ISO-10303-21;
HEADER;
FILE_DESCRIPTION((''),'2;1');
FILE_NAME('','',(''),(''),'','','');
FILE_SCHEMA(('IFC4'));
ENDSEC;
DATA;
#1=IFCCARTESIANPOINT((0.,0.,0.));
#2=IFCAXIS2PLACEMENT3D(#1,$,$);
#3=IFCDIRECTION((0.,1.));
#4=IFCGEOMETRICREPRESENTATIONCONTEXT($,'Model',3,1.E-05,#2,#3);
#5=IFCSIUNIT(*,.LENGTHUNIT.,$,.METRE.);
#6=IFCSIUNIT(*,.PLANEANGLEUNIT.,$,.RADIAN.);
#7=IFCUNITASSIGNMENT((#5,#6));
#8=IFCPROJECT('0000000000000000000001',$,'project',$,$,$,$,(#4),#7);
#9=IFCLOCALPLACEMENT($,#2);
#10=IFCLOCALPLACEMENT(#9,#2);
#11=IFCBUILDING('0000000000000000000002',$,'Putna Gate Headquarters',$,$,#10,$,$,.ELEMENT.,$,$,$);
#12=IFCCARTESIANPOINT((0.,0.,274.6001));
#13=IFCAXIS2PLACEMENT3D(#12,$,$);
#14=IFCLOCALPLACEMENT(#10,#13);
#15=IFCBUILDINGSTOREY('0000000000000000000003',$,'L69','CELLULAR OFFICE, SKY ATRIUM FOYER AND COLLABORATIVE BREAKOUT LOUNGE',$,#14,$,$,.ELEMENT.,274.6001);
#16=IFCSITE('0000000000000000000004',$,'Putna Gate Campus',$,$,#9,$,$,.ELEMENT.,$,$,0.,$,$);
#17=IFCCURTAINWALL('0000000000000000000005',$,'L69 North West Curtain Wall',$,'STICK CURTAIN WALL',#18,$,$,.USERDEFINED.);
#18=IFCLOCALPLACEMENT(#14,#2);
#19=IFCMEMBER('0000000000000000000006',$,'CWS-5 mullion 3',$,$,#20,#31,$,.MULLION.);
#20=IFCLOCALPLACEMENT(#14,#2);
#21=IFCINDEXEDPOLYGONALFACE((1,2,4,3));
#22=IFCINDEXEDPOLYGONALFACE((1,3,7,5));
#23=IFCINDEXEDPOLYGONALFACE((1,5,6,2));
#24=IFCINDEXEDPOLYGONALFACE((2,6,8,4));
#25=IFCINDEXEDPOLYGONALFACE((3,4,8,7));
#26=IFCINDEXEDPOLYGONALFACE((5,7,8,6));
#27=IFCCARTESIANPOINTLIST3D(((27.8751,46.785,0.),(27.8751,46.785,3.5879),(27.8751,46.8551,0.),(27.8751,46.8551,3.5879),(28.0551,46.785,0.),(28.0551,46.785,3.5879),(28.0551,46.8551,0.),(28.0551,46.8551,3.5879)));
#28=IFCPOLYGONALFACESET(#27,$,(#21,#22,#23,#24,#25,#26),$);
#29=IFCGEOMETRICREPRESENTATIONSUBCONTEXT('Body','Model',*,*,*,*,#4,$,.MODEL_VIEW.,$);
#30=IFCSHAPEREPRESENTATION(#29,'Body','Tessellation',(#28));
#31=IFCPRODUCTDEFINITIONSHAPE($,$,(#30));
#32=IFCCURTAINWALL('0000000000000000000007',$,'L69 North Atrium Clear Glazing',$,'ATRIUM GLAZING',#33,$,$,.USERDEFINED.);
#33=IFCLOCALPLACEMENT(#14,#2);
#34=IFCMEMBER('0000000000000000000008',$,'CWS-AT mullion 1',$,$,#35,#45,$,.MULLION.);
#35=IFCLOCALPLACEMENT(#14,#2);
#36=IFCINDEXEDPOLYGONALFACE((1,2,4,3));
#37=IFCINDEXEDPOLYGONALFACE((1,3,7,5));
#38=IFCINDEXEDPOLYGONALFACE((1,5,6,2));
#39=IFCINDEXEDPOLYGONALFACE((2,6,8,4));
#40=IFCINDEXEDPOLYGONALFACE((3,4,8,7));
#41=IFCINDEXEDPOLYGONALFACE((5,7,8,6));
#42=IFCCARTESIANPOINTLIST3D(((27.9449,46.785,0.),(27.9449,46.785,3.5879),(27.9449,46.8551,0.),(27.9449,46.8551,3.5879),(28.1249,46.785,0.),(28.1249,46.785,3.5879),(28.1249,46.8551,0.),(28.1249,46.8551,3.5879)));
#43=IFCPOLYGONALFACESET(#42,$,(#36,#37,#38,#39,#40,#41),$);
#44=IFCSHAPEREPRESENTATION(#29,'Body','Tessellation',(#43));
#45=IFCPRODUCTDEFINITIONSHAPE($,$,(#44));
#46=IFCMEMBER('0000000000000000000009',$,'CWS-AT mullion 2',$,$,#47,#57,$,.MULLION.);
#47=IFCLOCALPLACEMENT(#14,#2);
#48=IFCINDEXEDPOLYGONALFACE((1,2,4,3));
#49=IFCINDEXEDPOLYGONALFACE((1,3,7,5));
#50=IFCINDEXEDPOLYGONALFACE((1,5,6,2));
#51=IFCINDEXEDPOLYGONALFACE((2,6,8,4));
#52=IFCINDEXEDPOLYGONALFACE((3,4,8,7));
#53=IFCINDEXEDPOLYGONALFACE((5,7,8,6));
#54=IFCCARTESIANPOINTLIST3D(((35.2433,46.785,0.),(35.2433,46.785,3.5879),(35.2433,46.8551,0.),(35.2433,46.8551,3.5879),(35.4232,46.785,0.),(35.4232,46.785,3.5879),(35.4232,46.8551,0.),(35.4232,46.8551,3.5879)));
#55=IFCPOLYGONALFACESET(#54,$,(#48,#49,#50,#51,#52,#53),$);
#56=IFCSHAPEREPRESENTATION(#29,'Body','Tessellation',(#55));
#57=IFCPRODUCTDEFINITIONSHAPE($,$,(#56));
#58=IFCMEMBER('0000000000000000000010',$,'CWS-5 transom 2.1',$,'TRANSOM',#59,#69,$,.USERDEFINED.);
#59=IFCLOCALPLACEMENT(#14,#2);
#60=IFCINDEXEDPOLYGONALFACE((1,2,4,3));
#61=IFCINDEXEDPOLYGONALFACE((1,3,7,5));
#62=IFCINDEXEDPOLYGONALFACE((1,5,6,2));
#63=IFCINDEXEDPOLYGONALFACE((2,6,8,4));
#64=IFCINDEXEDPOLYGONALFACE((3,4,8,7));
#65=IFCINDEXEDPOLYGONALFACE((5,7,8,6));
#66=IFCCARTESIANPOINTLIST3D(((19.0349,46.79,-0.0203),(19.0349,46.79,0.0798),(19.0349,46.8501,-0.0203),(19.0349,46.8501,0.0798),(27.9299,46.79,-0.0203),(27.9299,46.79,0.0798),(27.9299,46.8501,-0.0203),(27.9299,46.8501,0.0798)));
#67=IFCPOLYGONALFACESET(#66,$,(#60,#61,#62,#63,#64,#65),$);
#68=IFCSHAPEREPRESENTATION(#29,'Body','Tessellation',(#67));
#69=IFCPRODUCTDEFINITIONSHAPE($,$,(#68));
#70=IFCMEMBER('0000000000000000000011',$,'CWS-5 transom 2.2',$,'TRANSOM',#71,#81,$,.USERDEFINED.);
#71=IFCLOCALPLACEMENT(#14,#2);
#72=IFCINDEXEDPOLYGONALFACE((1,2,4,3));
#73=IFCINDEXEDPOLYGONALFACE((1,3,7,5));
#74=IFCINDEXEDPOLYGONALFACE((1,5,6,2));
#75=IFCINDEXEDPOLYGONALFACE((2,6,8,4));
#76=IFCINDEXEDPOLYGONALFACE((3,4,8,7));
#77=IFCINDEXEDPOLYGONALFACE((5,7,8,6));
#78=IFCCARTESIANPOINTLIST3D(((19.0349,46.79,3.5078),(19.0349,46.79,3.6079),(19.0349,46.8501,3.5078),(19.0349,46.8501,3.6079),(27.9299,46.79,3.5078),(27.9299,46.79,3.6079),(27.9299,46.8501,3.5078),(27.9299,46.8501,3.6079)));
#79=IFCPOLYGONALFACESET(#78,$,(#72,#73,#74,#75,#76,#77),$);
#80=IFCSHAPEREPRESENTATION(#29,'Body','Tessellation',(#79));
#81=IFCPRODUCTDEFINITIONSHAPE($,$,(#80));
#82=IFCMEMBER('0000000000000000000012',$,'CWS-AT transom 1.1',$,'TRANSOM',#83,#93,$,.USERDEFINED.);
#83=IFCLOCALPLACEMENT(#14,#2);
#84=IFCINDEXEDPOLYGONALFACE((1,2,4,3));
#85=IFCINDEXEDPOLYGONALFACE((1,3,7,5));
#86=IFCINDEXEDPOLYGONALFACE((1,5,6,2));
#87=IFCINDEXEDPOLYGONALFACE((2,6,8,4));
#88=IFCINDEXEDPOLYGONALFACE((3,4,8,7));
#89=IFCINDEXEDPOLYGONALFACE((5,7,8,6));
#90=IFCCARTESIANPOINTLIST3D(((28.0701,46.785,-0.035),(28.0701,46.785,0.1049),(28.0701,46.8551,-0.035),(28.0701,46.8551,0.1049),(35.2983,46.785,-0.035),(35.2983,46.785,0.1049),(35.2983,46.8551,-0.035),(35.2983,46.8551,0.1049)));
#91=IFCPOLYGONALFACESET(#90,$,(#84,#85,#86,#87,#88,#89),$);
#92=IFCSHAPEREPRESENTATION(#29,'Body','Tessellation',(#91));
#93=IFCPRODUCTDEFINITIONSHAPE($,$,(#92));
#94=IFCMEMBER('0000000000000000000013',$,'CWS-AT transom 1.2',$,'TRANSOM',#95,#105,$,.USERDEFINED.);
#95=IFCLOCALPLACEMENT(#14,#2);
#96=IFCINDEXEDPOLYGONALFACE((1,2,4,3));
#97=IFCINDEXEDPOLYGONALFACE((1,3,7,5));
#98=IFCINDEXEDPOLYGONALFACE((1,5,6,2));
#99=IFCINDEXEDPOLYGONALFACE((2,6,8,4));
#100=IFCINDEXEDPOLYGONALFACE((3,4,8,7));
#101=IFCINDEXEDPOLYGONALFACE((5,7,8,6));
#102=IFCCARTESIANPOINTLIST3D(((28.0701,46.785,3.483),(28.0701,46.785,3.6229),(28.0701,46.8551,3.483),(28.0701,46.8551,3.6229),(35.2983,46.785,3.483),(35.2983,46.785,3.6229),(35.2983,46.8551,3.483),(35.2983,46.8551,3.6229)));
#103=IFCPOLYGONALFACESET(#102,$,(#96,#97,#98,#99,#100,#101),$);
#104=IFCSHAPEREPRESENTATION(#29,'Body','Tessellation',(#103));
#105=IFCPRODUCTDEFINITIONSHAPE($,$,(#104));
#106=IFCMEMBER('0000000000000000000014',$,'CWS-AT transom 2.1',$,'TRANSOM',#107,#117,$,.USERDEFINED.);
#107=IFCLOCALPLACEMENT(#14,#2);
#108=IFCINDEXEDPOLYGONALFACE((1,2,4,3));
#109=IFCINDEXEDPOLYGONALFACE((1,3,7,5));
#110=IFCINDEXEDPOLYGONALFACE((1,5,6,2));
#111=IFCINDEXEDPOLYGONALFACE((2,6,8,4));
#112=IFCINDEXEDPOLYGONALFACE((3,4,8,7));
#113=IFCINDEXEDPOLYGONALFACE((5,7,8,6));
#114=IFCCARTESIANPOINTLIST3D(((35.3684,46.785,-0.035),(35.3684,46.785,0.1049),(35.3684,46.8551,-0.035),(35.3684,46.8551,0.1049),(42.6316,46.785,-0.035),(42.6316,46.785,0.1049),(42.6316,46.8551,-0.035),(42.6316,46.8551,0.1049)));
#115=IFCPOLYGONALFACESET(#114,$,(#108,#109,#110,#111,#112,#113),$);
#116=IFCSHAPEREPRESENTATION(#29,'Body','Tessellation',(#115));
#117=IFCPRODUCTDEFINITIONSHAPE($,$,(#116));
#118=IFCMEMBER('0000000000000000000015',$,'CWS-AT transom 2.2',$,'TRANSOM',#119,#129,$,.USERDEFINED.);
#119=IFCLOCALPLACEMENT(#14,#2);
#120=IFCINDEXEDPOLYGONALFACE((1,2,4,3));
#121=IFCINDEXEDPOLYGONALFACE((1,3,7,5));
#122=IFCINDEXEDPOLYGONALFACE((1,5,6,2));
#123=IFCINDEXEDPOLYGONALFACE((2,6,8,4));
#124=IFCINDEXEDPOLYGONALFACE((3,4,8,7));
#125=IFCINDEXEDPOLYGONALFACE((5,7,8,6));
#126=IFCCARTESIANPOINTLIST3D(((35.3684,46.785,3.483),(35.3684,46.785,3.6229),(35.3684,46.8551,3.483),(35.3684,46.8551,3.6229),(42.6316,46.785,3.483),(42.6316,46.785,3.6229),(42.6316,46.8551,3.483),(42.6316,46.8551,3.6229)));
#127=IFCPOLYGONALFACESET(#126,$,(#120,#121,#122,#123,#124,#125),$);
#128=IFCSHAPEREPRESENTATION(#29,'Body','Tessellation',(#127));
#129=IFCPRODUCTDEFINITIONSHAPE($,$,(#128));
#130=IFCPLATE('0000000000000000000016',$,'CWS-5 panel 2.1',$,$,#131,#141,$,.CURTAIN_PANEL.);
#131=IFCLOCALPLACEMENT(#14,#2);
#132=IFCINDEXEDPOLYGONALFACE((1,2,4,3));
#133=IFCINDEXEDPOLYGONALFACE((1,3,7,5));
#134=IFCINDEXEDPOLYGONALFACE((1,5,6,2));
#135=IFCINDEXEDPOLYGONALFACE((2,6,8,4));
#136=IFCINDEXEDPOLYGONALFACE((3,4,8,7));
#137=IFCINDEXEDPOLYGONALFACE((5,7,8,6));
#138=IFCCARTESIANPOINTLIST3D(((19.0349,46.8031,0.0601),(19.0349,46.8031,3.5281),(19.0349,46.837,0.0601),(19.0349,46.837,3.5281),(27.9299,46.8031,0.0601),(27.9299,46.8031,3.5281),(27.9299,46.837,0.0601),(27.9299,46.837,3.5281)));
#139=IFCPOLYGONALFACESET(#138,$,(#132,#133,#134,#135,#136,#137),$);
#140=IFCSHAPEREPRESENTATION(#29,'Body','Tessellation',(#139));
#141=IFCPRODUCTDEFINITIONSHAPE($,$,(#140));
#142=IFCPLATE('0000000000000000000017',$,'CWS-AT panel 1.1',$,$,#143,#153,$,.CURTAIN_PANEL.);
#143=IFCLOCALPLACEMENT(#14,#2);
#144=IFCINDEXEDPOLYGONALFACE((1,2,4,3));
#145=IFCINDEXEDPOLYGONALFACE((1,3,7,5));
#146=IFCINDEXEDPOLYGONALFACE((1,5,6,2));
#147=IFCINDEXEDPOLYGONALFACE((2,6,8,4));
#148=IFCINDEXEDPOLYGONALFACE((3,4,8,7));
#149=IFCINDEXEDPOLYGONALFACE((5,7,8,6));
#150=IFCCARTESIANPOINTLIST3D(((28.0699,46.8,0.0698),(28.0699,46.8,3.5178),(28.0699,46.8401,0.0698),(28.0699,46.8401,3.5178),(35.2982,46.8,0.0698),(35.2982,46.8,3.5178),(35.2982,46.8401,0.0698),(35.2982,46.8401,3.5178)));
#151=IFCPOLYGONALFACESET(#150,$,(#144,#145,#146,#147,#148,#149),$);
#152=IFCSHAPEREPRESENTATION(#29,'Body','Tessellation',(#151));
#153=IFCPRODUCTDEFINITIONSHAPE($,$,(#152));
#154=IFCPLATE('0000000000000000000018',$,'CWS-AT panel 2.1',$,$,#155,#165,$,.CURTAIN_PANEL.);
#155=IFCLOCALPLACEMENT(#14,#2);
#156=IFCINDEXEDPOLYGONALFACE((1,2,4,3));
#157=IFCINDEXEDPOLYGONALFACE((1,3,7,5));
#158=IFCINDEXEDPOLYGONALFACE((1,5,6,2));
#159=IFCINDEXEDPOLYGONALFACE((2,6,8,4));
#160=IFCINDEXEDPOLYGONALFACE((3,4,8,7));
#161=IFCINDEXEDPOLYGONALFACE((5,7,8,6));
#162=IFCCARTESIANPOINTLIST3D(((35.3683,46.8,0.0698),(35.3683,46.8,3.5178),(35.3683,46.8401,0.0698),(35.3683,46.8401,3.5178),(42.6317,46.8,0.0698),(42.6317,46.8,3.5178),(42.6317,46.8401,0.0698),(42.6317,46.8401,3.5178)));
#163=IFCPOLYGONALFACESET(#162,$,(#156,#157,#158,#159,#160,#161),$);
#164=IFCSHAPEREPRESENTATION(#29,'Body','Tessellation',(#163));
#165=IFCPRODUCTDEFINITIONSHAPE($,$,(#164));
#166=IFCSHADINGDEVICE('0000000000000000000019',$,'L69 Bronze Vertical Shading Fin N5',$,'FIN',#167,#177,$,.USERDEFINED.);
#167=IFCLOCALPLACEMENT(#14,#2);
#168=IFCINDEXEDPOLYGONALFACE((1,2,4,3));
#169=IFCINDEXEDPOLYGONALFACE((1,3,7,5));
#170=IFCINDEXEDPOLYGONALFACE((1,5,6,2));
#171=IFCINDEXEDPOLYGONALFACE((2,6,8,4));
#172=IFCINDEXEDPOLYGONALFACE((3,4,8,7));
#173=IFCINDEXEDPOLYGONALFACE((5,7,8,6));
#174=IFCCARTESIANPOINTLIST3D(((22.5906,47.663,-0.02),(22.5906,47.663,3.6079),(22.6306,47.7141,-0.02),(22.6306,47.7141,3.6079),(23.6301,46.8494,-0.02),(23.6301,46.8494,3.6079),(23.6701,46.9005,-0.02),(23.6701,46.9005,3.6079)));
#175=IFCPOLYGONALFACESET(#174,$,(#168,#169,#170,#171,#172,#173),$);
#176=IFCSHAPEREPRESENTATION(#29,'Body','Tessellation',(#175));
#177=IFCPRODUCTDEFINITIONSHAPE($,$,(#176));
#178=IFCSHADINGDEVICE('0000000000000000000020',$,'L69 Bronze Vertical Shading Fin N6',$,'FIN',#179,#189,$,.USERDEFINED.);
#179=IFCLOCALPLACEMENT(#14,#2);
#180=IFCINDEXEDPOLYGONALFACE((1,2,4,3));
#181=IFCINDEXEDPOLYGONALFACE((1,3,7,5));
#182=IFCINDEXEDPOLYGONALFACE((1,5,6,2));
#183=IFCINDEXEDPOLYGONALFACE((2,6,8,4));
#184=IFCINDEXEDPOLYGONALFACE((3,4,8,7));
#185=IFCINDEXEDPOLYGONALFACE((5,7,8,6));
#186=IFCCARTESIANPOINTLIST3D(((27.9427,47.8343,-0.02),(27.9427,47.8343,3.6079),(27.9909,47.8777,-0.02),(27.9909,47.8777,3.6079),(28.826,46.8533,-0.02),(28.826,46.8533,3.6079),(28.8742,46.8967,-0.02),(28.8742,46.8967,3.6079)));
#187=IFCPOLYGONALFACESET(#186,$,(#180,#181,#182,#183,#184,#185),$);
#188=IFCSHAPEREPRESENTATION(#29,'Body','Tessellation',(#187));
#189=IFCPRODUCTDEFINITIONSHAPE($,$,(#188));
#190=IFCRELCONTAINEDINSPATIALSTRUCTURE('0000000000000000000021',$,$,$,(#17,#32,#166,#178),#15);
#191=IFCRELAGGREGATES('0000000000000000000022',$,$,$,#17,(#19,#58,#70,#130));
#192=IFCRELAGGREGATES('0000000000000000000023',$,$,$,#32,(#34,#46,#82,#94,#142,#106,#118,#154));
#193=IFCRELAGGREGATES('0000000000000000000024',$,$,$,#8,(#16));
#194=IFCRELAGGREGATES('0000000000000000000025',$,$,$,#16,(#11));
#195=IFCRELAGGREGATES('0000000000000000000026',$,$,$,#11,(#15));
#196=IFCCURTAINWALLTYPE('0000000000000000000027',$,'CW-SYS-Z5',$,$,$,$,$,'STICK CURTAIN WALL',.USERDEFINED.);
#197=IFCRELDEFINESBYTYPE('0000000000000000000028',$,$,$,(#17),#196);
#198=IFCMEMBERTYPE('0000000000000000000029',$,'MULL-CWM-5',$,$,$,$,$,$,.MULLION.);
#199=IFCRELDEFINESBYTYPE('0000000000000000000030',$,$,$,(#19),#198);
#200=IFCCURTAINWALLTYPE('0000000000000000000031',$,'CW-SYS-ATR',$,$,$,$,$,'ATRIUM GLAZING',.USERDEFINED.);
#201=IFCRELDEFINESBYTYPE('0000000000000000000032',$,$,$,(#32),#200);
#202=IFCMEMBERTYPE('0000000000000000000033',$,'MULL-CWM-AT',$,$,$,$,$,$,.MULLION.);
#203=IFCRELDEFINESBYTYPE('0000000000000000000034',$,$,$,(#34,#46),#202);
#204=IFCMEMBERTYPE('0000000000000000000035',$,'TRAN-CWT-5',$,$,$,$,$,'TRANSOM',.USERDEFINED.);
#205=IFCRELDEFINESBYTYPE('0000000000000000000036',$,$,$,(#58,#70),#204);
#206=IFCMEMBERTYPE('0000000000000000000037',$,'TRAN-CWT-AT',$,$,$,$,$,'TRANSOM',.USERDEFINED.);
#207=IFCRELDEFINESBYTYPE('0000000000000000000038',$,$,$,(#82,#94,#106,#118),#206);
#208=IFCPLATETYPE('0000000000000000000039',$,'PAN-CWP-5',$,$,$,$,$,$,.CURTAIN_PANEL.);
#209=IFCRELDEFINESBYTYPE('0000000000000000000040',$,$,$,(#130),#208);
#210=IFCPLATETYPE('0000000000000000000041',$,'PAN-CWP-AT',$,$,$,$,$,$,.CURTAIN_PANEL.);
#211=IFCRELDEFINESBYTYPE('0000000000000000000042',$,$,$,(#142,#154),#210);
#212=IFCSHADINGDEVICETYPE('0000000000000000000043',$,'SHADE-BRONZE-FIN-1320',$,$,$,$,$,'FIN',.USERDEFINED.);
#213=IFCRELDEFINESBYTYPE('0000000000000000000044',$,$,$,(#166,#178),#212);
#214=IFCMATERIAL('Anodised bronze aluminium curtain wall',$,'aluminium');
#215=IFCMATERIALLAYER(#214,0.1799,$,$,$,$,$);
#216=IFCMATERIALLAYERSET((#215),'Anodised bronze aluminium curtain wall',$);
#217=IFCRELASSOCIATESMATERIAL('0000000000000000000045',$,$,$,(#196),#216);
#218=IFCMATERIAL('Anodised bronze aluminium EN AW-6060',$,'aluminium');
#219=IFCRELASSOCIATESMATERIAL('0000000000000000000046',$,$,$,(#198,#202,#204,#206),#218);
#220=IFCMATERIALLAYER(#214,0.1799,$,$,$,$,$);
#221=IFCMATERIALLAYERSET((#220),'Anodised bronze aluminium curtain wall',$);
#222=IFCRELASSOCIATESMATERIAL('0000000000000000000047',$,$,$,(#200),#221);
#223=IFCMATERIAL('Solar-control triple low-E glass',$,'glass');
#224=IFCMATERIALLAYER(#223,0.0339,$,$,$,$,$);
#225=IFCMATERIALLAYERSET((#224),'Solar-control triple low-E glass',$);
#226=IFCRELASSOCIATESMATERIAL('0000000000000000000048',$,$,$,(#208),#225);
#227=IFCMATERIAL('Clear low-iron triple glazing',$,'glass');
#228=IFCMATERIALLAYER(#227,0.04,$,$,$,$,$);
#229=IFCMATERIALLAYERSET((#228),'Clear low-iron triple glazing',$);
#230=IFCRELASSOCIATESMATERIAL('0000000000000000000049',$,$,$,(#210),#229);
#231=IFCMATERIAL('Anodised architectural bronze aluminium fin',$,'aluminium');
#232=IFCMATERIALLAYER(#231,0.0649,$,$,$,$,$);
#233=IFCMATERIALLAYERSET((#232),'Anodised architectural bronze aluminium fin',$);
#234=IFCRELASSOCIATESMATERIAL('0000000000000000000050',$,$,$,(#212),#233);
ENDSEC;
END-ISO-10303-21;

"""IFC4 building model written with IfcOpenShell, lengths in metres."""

from ifc_helpers import new_model, si_unit, direction, frame, origin, origin_2d, place, context, subcontext, project, spatial, rectangle, extrude, material, layer, layer_set, material_profile, profile_set, type_object, element, aggregate, save


model = new_model("IFC4")

# Units and contexts
model_context = context("Model", 3, precision=1e-05, world=origin(), true_north=direction((0.0, 1.0)))
body_context = subcontext(model_context, "Body", "Model", "MODEL_VIEW")
ifc_project = project(units=[si_unit("LENGTHUNIT", "METRE"), si_unit("PLANEANGLEUNIT", "RADIAN")], contexts=[model_context])

# Site, building, storey
site_placement = place(None, origin())
site = spatial("IfcSite", under=ifc_project, at=site_placement, Name="Putna Gate Campus", CompositionType="ELEMENT", RefElevation=0.0)
building_placement = place(site_placement, origin())
building = spatial("IfcBuilding", under=site, at=building_placement, Name="Putna Gate Headquarters", CompositionType="ELEMENT")
storey_placement = place(building_placement, frame((0.0, 0.0, 274.6001)))
storey = spatial("IfcBuildingStorey", under=building, at=storey_placement, Name="L69", Description="CELLULAR OFFICE, SKY ATRIUM FOYER AND COLLABORATIVE BREAKOUT LOUNGE", CompositionType="ELEMENT", Elevation=274.6001)

# Curtain wall, member
ifc_material_1 = material(Name="Anodised bronze aluminium curtain wall", Category="aluminium")
ifc_layer_1 = layer(ifc_material_1, 0.1799)
ifc_layer_set_1 = layer_set([ifc_layer_1], Name="Anodised bronze aluminium curtain wall")
curtain_wall_type_1 = type_object("IfcCurtainWallType", Name="CW-SYS-Z5", ElementType="STICK CURTAIN WALL", PredefinedType="USERDEFINED", material=ifc_layer_set_1)
curtain_wall_1_placement = place(storey_placement, origin())
curtain_wall_1 = element("IfcCurtainWall", 1, at=curtain_wall_1_placement, inside=storey, type_object=curtain_wall_type_1, Name="L69 North West Curtain Wall", ObjectType="STICK CURTAIN WALL", PredefinedType="USERDEFINED")
ifc_material_2 = material(Name="Anodised bronze aluminium EN AW-6060", Category="aluminium")
ifc_material_profile_1 = material_profile(ifc_material_2, rectangle(XDim=0.0701, YDim=0.1799, at=origin_2d()), Name="Anodised bronze aluminium EN AW-6060")
ifc_profile_set_1 = profile_set([ifc_material_profile_1], Name="Anodised bronze aluminium EN AW-6060")
member_type_1 = type_object("IfcMemberType", Name="MULL-CWM-5", PredefinedType="MULLION", material=ifc_profile_set_1)
member_1_placement = place(storey_placement, frame((27.9651, 46.8201, 0.0), z_axis=(0.0, 0.0, 1.0), x_axis=(0.0, 1.0, 0.0)))
member_1 = element("IfcMember", 2, at=member_1_placement, type_object=member_type_1, Name="CWS-5 mullion 3", PredefinedType="MULLION", context=body_context, shape_type="SweptSolid", body=[
    extrude(rectangle(XDim=0.0701, YDim=0.1799, at=origin_2d()), origin(), (0.0, 0.0, 1.0), 3.5879),
])

# Curtain wall, members
ifc_layer_2 = layer(ifc_material_1, 0.1799)
ifc_layer_set_2 = layer_set([ifc_layer_2], Name="Anodised bronze aluminium curtain wall")
curtain_wall_type_2 = type_object("IfcCurtainWallType", Name="CW-SYS-ATR", ElementType="ATRIUM GLAZING", PredefinedType="USERDEFINED", material=ifc_layer_set_2)
curtain_wall_2_placement = place(storey_placement, origin())
curtain_wall_2 = element("IfcCurtainWall", 3, at=curtain_wall_2_placement, inside=storey, type_object=curtain_wall_type_2, Name="L69 North Atrium Clear Glazing", ObjectType="ATRIUM GLAZING", PredefinedType="USERDEFINED")
ifc_material_profile_2 = material_profile(ifc_material_2, rectangle(XDim=0.0701, YDim=0.1799, at=origin_2d()), Name="Anodised bronze aluminium EN AW-6060")
ifc_profile_set_2 = profile_set([ifc_material_profile_2], Name="Anodised bronze aluminium EN AW-6060")
member_type_2 = type_object("IfcMemberType", Name="MULL-CWM-AT", PredefinedType="MULLION", material=ifc_profile_set_2)
member_2_placement = place(storey_placement, frame((28.0349, 46.8201, 0.0), z_axis=(0.0, 0.0, 1.0), x_axis=(0.0, 1.0, 0.0)))
member_2 = element("IfcMember", 4, at=member_2_placement, type_object=member_type_2, Name="CWS-AT mullion 1", PredefinedType="MULLION", context=body_context, shape_type="SweptSolid", body=[
    extrude(rectangle(XDim=0.0701, YDim=0.1799, at=origin_2d()), origin(), (0.0, 0.0, 1.0), 3.5879),
])
member_3_placement = place(storey_placement, frame((35.3333, 46.8201, 0.0), z_axis=(0.0, 0.0, 1.0), x_axis=(0.0, 1.0, 0.0)))
member_3 = element("IfcMember", 5, at=member_3_placement, type_object=member_type_2, Name="CWS-AT mullion 2", PredefinedType="MULLION", context=body_context, shape_type="SweptSolid", body=[
    extrude(rectangle(XDim=0.0701, YDim=0.1799, at=origin_2d()), origin(), (0.0, 0.0, 1.0), 3.5879),
])

# Members
ifc_material_profile_3 = material_profile(ifc_material_2, rectangle(XDim=0.0601, YDim=0.1001, at=origin_2d()), Name="Anodised bronze aluminium EN AW-6060")
ifc_profile_set_3 = profile_set([ifc_material_profile_3], Name="Anodised bronze aluminium EN AW-6060")
member_type_3 = type_object("IfcMemberType", Name="TRAN-CWT-5", ElementType="TRANSOM", PredefinedType="USERDEFINED", material=ifc_profile_set_3)
member_4_placement = place(storey_placement, frame((19.0349, 46.8201, 0.0298), z_axis=(1.0, 0.0, 0.0), x_axis=(0.0, 1.0, 0.0)))
member_4 = element("IfcMember", 6, at=member_4_placement, type_object=member_type_3, Name="CWS-5 transom 2.1", ObjectType="TRANSOM", PredefinedType="USERDEFINED", context=body_context, shape_type="SweptSolid", body=[
    extrude(rectangle(XDim=0.0601, YDim=0.1001, at=origin_2d()), origin(), (0.0, 0.0, 1.0), 8.895),
])
member_5_placement = place(storey_placement, frame((19.0349, 46.8201, 3.5579), z_axis=(1.0, 0.0, 0.0), x_axis=(0.0, 1.0, 0.0)))
member_5 = element("IfcMember", 7, at=member_5_placement, type_object=member_type_3, Name="CWS-5 transom 2.2", ObjectType="TRANSOM", PredefinedType="USERDEFINED", context=body_context, shape_type="SweptSolid", body=[
    extrude(rectangle(XDim=0.0601, YDim=0.1001, at=origin_2d()), origin(), (0.0, 0.0, 1.0), 8.895),
])
ifc_material_profile_4 = material_profile(ifc_material_2, rectangle(XDim=0.0701, YDim=0.1399, at=origin_2d()), Name="Anodised bronze aluminium EN AW-6060")
ifc_profile_set_4 = profile_set([ifc_material_profile_4], Name="Anodised bronze aluminium EN AW-6060")
member_type_4 = type_object("IfcMemberType", Name="TRAN-CWT-AT", ElementType="TRANSOM", PredefinedType="USERDEFINED", material=ifc_profile_set_4)
member_6_placement = place(storey_placement, frame((28.0701, 46.8201, 0.0349), z_axis=(1.0, 0.0, 0.0), x_axis=(0.0, 1.0, 0.0)))
member_6 = element("IfcMember", 8, at=member_6_placement, type_object=member_type_4, Name="CWS-AT transom 1.1", ObjectType="TRANSOM", PredefinedType="USERDEFINED", context=body_context, shape_type="SweptSolid", body=[
    extrude(rectangle(XDim=0.0701, YDim=0.1399, at=origin_2d()), origin(), (0.0, 0.0, 1.0), 7.2283),
])
member_7_placement = place(storey_placement, frame((28.0701, 46.8201, 3.553), z_axis=(1.0, 0.0, 0.0), x_axis=(0.0, 1.0, 0.0)))
member_7 = element("IfcMember", 9, at=member_7_placement, type_object=member_type_4, Name="CWS-AT transom 1.2", ObjectType="TRANSOM", PredefinedType="USERDEFINED", context=body_context, shape_type="SweptSolid", body=[
    extrude(rectangle(XDim=0.0701, YDim=0.1399, at=origin_2d()), origin(), (0.0, 0.0, 1.0), 7.2283),
])
member_8_placement = place(storey_placement, frame((35.3684, 46.8201, 0.0349), z_axis=(1.0, 0.0, 0.0), x_axis=(0.0, 1.0, 0.0)))
member_8 = element("IfcMember", 10, at=member_8_placement, type_object=member_type_4, Name="CWS-AT transom 2.1", ObjectType="TRANSOM", PredefinedType="USERDEFINED", context=body_context, shape_type="SweptSolid", body=[
    extrude(rectangle(XDim=0.0701, YDim=0.1399, at=origin_2d()), origin(), (0.0, 0.0, 1.0), 7.2632),
])
member_9_placement = place(storey_placement, frame((35.3684, 46.8201, 3.553), z_axis=(1.0, 0.0, 0.0), x_axis=(0.0, 1.0, 0.0)))
member_9 = element("IfcMember", 11, at=member_9_placement, type_object=member_type_4, Name="CWS-AT transom 2.2", ObjectType="TRANSOM", PredefinedType="USERDEFINED", context=body_context, shape_type="SweptSolid", body=[
    extrude(rectangle(XDim=0.0701, YDim=0.1399, at=origin_2d()), origin(), (0.0, 0.0, 1.0), 7.2632),
])

# Plates
ifc_material_3 = material(Name="Solar-control triple low-E glass", Category="glass")
ifc_layer_3 = layer(ifc_material_3, 0.0339)
ifc_layer_set_3 = layer_set([ifc_layer_3], Name="Solar-control triple low-E glass")
plate_type_1 = type_object("IfcPlateType", Name="PAN-CWP-5", PredefinedType="CURTAIN_PANEL", material=ifc_layer_set_3)
plate_1_placement = place(storey_placement, frame((23.4824, 46.8201, 0.0601), z_axis=(0.0, 0.0, 1.0), x_axis=(1.0, 0.0, 0.0)))
plate_1 = element("IfcPlate", 12, at=plate_1_placement, type_object=plate_type_1, Name="CWS-5 panel 2.1", PredefinedType="CURTAIN_PANEL", context=body_context, shape_type="SweptSolid", body=[
    extrude(rectangle(XDim=8.895, YDim=0.0339, at=origin_2d()), origin(), (0.0, 0.0, 1.0), 3.468),
])
aggregate(curtain_wall_1, [member_1, member_4, member_5, plate_1])
ifc_material_4 = material(Name="Clear low-iron triple glazing", Category="glass")
ifc_layer_4 = layer(ifc_material_4, 0.04)
ifc_layer_set_4 = layer_set([ifc_layer_4], Name="Clear low-iron triple glazing")
plate_type_2 = type_object("IfcPlateType", Name="PAN-CWP-AT", PredefinedType="CURTAIN_PANEL", material=ifc_layer_set_4)
plate_2_placement = place(storey_placement, frame((31.6841, 46.8201, 0.0698), z_axis=(0.0, 0.0, 1.0), x_axis=(1.0, 0.0, 0.0)))
plate_2 = element("IfcPlate", 13, at=plate_2_placement, type_object=plate_type_2, Name="CWS-AT panel 1.1", PredefinedType="CURTAIN_PANEL", context=body_context, shape_type="SweptSolid", body=[
    extrude(rectangle(XDim=7.2283, YDim=0.04, at=origin_2d()), origin(), (0.0, 0.0, 1.0), 3.448),
])
plate_3_placement = place(storey_placement, frame((39.0, 46.8201, 0.0698), z_axis=(0.0, 0.0, 1.0), x_axis=(1.0, 0.0, 0.0)))
plate_3 = element("IfcPlate", 14, at=plate_3_placement, type_object=plate_type_2, Name="CWS-AT panel 2.1", PredefinedType="CURTAIN_PANEL", context=body_context, shape_type="SweptSolid", body=[
    extrude(rectangle(XDim=7.2634, YDim=0.04, at=origin_2d()), origin(), (0.0, 0.0, 1.0), 3.448),
])
aggregate(curtain_wall_2, [member_2, member_3, member_6, member_7, plate_2, member_8, member_9, plate_3])

# Shading devices
ifc_material_5 = material(Name="Anodised architectural bronze aluminium fin", Category="aluminium")
ifc_layer_5 = layer(ifc_material_5, 0.0649)
ifc_layer_set_5 = layer_set([ifc_layer_5], Name="Anodised architectural bronze aluminium fin")
shading_device_type = type_object("IfcShadingDeviceType", Name="SHADE-BRONZE-FIN-1320", ElementType="FIN", PredefinedType="USERDEFINED", material=ifc_layer_set_5)
for number, where, z_axis, x_axis, name in (
    (15, (23.1304, 47.2817, -0.02), (0.0, 0.0, 1.0), (-0.787473, 0.616349, 0.0), "L69 Bronze Vertical Shading Fin N5"),
    (16, (28.4084, 47.3655, -0.02), (0.0, 0.0, 1.0), (-0.669131, 0.743145, 0.0), "L69 Bronze Vertical Shading Fin N6"),
):
    element("IfcShadingDevice", number, at=place(storey_placement, frame(where, z_axis=z_axis, x_axis=x_axis)), inside=storey, type_object=shading_device_type, Name=name, ObjectType="FIN", PredefinedType="USERDEFINED", context=body_context, shape_type="SweptSolid", body=[
        extrude(rectangle(XDim=1.3201, YDim=0.0649, at=origin_2d()), origin(), (0.0, 0.0, 1.0), 3.6279),
    ])

save(model, "model.ifc")
